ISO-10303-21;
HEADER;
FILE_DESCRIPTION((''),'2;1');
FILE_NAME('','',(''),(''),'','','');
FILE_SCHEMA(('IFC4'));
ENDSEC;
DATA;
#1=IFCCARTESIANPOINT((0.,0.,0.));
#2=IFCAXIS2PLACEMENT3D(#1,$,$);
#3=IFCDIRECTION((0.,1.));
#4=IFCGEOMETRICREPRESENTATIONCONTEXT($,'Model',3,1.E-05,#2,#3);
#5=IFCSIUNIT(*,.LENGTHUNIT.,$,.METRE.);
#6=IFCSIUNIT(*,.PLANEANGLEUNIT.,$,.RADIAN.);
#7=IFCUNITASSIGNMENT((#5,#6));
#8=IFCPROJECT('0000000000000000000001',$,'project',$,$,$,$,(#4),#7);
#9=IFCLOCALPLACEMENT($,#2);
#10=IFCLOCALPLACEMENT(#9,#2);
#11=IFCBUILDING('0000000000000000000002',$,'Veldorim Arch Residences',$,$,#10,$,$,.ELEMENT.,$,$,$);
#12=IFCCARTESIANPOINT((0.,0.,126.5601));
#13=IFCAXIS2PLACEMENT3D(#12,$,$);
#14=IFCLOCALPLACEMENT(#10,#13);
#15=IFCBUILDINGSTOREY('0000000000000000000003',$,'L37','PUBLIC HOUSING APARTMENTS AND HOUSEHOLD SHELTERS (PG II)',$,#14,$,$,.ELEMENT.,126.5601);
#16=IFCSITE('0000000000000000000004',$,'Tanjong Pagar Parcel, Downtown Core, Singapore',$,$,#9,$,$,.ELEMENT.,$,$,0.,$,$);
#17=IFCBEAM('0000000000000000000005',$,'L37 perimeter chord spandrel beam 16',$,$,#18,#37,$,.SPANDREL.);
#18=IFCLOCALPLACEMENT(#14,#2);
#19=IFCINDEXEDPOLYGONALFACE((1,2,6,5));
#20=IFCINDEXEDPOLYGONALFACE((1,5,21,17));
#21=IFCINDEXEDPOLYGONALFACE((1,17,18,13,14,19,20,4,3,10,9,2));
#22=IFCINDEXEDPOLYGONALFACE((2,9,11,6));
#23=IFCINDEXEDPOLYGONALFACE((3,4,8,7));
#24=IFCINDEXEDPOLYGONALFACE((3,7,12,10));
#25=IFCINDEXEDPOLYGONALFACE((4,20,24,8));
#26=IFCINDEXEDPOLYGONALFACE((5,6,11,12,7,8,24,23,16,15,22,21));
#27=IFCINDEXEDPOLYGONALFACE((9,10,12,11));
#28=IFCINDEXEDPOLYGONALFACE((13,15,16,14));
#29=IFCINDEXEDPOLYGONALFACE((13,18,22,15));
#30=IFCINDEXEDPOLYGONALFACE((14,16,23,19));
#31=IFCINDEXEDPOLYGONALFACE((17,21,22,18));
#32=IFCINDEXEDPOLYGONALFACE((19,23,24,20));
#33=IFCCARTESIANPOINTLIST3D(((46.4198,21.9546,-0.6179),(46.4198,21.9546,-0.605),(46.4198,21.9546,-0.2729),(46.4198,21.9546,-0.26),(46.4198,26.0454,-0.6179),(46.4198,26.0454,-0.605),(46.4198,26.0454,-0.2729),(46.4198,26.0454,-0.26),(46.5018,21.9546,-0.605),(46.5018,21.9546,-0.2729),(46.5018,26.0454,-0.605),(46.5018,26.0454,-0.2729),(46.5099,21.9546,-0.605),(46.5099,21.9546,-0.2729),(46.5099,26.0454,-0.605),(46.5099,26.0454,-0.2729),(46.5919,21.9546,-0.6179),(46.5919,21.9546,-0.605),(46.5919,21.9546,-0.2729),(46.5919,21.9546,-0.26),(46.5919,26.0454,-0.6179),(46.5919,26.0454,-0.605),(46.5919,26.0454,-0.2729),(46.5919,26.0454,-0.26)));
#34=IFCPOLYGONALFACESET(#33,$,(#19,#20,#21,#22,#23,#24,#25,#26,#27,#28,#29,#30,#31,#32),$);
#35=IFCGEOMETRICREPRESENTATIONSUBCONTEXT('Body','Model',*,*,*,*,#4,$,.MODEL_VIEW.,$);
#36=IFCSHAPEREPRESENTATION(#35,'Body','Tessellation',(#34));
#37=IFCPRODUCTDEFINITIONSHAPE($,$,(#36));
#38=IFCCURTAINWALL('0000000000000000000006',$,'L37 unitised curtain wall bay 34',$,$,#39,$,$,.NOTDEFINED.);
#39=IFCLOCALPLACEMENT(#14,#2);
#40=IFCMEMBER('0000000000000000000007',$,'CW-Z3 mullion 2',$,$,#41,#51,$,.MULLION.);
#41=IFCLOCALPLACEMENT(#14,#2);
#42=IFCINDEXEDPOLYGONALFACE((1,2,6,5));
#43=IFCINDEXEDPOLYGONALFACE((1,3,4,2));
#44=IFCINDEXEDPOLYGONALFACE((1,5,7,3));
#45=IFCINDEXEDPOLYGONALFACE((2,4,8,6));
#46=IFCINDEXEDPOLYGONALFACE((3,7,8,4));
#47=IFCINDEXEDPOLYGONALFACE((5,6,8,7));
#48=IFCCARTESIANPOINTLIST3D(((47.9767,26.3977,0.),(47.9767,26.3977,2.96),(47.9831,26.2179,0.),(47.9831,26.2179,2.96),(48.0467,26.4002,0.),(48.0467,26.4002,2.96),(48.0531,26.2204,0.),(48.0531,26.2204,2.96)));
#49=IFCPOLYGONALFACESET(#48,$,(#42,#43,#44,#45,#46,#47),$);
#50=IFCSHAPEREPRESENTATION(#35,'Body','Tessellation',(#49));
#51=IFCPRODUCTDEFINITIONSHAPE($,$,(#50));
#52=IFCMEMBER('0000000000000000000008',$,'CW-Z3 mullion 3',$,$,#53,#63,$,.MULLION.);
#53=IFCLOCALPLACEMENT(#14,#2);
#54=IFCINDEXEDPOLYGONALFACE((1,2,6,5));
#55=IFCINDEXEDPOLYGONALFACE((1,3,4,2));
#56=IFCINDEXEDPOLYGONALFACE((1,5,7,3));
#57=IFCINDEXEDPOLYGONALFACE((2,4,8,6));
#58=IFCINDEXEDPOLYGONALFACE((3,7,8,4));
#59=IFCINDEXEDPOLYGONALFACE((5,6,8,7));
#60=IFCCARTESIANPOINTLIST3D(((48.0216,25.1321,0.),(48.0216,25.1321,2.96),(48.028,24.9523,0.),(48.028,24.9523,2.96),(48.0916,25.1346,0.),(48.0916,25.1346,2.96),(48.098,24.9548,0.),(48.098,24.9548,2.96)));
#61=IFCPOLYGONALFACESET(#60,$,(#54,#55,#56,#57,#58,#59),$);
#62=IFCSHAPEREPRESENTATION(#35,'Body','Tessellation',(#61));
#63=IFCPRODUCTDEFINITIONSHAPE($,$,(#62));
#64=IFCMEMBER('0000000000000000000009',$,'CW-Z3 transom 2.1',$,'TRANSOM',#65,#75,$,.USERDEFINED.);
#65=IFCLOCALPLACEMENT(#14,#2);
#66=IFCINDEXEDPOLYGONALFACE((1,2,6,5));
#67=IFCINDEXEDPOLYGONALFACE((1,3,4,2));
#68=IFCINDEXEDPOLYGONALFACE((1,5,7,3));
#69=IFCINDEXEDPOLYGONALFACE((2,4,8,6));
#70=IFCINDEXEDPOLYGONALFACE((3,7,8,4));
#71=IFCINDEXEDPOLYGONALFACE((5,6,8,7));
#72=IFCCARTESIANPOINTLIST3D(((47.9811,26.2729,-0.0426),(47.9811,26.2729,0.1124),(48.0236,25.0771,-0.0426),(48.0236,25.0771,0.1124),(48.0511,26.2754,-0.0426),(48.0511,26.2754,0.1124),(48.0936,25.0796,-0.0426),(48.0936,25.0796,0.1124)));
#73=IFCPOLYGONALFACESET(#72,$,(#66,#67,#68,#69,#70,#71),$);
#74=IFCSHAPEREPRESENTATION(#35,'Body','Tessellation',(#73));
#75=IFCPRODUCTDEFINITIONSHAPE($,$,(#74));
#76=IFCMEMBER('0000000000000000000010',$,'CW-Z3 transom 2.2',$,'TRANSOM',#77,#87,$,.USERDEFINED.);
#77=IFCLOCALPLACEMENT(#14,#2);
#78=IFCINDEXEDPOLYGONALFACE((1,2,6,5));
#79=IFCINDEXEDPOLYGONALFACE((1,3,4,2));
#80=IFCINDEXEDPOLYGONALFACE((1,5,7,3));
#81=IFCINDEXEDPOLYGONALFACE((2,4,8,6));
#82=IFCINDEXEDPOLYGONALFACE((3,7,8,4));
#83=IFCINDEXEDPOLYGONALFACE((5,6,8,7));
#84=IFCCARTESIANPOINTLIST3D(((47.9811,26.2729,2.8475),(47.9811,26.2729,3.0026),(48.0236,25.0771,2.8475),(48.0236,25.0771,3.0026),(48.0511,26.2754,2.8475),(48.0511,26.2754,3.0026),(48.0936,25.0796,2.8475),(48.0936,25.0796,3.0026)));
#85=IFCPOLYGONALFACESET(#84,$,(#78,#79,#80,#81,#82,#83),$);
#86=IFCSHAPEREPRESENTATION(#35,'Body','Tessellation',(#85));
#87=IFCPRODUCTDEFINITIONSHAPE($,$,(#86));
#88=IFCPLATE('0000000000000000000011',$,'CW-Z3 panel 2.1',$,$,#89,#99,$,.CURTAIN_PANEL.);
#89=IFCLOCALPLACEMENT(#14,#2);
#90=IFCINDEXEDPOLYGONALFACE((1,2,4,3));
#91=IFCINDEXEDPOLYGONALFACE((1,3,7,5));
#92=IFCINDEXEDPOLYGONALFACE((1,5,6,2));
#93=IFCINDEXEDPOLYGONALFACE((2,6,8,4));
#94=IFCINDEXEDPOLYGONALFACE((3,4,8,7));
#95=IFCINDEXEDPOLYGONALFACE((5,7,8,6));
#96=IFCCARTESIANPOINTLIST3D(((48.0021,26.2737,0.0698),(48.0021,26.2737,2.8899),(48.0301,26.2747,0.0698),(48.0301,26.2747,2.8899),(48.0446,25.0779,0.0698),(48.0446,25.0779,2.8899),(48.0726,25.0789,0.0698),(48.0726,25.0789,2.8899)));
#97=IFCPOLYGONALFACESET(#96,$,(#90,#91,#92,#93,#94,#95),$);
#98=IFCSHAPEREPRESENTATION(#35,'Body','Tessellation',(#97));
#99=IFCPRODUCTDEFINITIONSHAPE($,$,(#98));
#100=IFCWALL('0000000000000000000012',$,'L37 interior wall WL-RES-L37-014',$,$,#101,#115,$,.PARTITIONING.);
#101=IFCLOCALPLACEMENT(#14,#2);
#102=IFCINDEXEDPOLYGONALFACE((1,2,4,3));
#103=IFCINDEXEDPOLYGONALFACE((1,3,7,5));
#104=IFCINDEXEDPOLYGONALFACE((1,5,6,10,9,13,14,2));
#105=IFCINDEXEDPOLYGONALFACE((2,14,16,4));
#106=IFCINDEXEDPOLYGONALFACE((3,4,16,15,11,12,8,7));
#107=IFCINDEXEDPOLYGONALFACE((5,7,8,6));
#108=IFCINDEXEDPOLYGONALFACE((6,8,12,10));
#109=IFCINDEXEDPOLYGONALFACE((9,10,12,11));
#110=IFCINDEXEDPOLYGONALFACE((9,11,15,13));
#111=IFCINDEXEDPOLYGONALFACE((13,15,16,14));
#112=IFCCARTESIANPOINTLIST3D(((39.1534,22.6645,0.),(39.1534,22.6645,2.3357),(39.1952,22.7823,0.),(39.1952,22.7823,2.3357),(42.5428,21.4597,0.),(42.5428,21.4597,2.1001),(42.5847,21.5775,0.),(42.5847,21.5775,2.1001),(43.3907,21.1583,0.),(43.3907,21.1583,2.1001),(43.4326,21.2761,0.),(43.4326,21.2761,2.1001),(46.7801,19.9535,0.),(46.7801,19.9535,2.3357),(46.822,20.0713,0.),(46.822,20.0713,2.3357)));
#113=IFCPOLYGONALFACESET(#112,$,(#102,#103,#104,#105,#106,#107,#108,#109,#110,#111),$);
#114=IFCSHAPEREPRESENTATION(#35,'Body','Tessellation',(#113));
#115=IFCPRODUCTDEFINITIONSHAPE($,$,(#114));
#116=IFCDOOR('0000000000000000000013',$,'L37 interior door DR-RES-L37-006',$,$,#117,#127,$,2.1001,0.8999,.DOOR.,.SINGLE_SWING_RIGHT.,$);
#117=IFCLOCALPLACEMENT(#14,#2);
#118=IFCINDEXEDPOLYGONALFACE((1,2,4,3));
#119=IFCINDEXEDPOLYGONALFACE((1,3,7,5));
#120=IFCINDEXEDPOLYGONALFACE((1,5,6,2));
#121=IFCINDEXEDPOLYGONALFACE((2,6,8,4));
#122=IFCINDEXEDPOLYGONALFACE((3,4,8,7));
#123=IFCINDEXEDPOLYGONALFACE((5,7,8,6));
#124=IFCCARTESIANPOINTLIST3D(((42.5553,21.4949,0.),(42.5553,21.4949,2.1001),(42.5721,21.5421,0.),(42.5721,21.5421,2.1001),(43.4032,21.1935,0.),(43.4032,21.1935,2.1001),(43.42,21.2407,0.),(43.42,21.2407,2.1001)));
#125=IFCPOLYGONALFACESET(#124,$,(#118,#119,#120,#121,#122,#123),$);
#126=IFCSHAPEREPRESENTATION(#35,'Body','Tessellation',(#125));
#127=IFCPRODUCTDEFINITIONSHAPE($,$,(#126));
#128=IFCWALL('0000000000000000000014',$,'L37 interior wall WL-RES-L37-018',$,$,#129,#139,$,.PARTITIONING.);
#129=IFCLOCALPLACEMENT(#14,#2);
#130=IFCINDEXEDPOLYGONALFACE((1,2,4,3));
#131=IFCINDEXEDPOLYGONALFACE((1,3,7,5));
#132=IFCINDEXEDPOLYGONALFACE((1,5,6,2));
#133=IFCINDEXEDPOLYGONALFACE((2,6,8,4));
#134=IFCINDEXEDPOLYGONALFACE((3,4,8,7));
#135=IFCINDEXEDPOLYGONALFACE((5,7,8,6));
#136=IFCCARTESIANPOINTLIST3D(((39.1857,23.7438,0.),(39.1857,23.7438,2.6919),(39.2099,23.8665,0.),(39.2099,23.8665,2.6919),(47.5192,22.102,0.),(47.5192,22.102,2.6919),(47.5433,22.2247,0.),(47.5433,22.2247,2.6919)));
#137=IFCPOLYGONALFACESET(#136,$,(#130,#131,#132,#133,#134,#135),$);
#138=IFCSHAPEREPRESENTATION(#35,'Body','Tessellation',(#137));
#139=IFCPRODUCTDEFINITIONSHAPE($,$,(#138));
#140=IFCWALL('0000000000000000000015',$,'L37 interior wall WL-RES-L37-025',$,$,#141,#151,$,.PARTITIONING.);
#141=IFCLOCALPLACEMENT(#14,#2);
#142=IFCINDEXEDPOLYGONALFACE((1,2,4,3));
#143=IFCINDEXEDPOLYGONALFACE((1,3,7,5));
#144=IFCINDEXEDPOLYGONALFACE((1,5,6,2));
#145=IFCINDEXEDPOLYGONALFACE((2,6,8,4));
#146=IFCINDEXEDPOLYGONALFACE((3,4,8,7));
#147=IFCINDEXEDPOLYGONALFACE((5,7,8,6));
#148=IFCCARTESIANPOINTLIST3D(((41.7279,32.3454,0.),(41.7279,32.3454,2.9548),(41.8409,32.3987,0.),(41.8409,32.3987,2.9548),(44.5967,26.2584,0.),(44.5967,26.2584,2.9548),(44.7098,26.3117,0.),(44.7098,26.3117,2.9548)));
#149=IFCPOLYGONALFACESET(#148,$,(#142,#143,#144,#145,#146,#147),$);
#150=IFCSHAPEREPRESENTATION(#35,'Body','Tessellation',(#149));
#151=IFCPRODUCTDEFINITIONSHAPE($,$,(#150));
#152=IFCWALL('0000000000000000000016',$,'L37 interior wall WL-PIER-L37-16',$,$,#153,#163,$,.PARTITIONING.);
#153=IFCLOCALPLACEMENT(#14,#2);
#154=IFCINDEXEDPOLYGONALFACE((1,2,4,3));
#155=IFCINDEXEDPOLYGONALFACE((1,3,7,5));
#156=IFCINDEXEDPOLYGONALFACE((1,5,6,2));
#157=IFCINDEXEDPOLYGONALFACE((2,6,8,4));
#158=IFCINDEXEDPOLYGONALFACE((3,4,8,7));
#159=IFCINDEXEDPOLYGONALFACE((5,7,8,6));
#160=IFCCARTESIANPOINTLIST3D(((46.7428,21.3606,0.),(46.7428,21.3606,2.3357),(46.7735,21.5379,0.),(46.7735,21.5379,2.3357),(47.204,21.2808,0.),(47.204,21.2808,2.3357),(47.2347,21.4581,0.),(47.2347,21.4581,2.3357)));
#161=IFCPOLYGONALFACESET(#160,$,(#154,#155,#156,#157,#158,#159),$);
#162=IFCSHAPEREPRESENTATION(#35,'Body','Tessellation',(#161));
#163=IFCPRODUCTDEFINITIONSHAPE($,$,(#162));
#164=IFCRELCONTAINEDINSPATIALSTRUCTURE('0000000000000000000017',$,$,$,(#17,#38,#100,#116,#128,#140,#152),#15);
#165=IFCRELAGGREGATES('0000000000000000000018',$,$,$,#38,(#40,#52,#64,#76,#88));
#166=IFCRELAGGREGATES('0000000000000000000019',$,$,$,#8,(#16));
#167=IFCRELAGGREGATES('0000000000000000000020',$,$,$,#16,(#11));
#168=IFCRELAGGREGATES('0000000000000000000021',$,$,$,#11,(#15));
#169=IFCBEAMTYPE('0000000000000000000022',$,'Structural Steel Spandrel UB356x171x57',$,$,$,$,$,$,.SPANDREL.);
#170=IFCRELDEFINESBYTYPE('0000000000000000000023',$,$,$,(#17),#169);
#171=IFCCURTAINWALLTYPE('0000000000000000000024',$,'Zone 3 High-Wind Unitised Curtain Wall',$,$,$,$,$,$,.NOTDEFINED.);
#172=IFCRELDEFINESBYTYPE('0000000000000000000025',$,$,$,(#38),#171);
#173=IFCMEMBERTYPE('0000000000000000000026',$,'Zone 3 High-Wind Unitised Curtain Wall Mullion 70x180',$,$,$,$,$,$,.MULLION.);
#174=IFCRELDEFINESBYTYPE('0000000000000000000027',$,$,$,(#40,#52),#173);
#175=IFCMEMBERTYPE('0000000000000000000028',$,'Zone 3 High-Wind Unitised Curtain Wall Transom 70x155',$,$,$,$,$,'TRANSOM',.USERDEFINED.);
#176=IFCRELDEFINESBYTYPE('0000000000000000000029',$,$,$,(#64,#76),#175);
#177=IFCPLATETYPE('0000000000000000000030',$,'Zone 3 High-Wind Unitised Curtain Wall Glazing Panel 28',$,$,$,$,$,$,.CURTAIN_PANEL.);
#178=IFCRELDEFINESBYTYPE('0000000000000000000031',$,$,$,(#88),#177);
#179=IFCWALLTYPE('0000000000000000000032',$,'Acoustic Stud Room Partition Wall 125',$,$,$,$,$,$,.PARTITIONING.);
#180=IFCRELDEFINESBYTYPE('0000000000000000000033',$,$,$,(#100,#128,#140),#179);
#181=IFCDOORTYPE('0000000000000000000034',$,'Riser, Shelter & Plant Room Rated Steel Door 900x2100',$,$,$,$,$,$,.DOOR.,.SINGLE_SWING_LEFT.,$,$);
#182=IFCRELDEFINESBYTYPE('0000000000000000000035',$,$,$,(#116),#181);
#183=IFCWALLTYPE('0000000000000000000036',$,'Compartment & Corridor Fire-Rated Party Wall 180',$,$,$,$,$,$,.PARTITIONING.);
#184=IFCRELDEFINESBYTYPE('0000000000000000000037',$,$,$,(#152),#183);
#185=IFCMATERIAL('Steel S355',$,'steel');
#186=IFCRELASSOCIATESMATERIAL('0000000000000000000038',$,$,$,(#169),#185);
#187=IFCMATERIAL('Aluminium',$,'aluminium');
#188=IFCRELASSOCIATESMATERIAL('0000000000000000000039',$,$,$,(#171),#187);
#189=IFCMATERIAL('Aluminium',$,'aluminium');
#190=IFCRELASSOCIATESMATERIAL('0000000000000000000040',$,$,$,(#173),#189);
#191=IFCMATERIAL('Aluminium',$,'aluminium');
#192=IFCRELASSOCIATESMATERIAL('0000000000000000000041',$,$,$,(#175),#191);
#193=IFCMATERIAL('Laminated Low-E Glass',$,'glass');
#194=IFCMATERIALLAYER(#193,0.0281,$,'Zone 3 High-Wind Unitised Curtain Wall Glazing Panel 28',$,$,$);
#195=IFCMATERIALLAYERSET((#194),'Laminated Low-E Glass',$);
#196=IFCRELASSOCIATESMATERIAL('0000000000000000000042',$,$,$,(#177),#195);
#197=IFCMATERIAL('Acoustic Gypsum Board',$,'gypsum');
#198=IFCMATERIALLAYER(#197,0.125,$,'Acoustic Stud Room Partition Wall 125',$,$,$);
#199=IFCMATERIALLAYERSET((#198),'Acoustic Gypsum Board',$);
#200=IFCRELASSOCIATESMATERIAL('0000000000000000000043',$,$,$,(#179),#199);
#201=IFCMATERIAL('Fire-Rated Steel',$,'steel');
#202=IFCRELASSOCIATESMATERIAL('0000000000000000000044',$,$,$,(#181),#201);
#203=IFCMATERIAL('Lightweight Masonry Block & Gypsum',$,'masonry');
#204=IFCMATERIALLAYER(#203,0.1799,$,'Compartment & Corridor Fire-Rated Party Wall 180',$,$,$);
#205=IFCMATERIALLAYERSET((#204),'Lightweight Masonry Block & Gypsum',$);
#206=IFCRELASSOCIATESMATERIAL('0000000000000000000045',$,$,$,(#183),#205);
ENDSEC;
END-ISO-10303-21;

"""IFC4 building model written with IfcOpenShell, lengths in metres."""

from ifc_helpers import new_model, si_unit, direction, frame, frame_2d, origin, origin_2d, place, context, subcontext, project, spatial, rectangle, i_section, extrude, material, layer, layer_set, material_profile, profile_set, type_object, element, fill, aggregate, save


model = new_model("IFC4")

# Units and contexts
model_context = context("Model", 3, precision=1e-05, world=origin(), true_north=direction((0.0, 1.0)))
body_context = subcontext(model_context, "Body", "Model", "MODEL_VIEW")
ifc_project = project(units=[si_unit("LENGTHUNIT", "METRE"), si_unit("PLANEANGLEUNIT", "RADIAN")], contexts=[model_context])

# Site, building, storey
site_placement = place(None, origin())
site = spatial("IfcSite", under=ifc_project, at=site_placement, Name="Tanjong Pagar Parcel, Downtown Core, Singapore", CompositionType="ELEMENT", RefElevation=0.0)
building_placement = place(site_placement, origin())
building = spatial("IfcBuilding", under=site, at=building_placement, Name="Veldorim Arch Residences", CompositionType="ELEMENT")
storey_placement = place(building_placement, frame((0.0, 0.0, 126.5601)))
storey = spatial("IfcBuildingStorey", under=building, at=storey_placement, Name="L37", Description="PUBLIC HOUSING APARTMENTS AND HOUSEHOLD SHELTERS (PG II)", CompositionType="ELEMENT", Elevation=126.5601)

# Beam
ifc_material_1 = material(Name="Steel S355", Category="steel")
ifc_material_profile_1 = material_profile(ifc_material_1, i_section(OverallWidth=0.1721, OverallDepth=0.3579, WebThickness=0.0081, FlangeThickness=0.0129, at=origin_2d()), Name="UB356x171x57")
ifc_profile_set_1 = profile_set([ifc_material_profile_1], Name="Steel S355")
beam_type_1 = type_object("IfcBeamType", Name="Structural Steel Spandrel UB356x171x57", PredefinedType="SPANDREL", material=ifc_profile_set_1)
beam_1_placement = place(storey_placement, frame((46.5059, 21.9546, -0.439), z_axis=(0.0, 1.0, 0.0), x_axis=(-1.0, 0.0, 0.0)))
element("IfcBeam", 1, at=beam_1_placement, inside=storey, type_object=beam_type_1, Name="L37 perimeter chord spandrel beam 16", PredefinedType="SPANDREL", context=body_context, shape_type="SweptSolid", body=[
    extrude(i_section(OverallWidth=0.1721, OverallDepth=0.3579, WebThickness=0.0081, FlangeThickness=0.0129, at=origin_2d()), origin(), (0.0, 0.0, 1.0), 4.0908),
])

# Curtain wall, members, plate
ifc_material_2 = material(Name="Aluminium", Category="aluminium")
curtain_wall_type = type_object("IfcCurtainWallType", Name="Zone 3 High-Wind Unitised Curtain Wall", PredefinedType="NOTDEFINED", material=ifc_material_2)
curtain_wall_placement = place(storey_placement, origin())
curtain_wall = element("IfcCurtainWall", 2, at=curtain_wall_placement, inside=storey, type_object=curtain_wall_type, Name="L37 unitised curtain wall bay 34", PredefinedType="NOTDEFINED")
ifc_material_3 = material(Name="Aluminium", Category="aluminium")
ifc_material_profile_2 = material_profile(ifc_material_3, rectangle(XDim=0.0701, YDim=0.1799, at=origin_2d()), Name="ALU_MUL_70x180")
ifc_profile_set_2 = profile_set([ifc_material_profile_2], Name="Aluminium")
member_type_1 = type_object("IfcMemberType", Name="Zone 3 High-Wind Unitised Curtain Wall Mullion 70x180", PredefinedType="MULLION", material=ifc_profile_set_2)
member_1_placement = place(storey_placement, frame((48.0149, 26.3091, 0.0), z_axis=(0.0, 0.0, 1.0), x_axis=(0.99937, 0.035498, 0.0)))
member_1 = element("IfcMember", 3, at=member_1_placement, type_object=member_type_1, Name="CW-Z3 mullion 2", PredefinedType="MULLION", context=body_context, shape_type="SweptSolid", body=[
    extrude(rectangle(XDim=0.0701, YDim=0.1799, at=origin_2d()), origin(), (0.0, 0.0, 1.0), 2.96),
])
member_2_placement = place(storey_placement, frame((48.0598, 25.0435, 0.0), z_axis=(0.0, 0.0, 1.0), x_axis=(0.99937, 0.035498, 0.0)))
member_2 = element("IfcMember", 4, at=member_2_placement, type_object=member_type_1, Name="CW-Z3 mullion 3", PredefinedType="MULLION", context=body_context, shape_type="SweptSolid", body=[
    extrude(rectangle(XDim=0.0701, YDim=0.1799, at=origin_2d()), origin(), (0.0, 0.0, 1.0), 2.96),
])
ifc_material_4 = material(Name="Aluminium", Category="aluminium")
ifc_material_profile_3 = material_profile(ifc_material_4, rectangle(XDim=0.0701, YDim=0.155, at=origin_2d()), Name="ALU_TRN_70x155")
ifc_profile_set_3 = profile_set([ifc_material_profile_3], Name="Aluminium")
member_type_2 = type_object("IfcMemberType", Name="Zone 3 High-Wind Unitised Curtain Wall Transom 70x155", ElementType="TRANSOM", PredefinedType="USERDEFINED", material=ifc_profile_set_3)
member_3_placement = place(storey_placement, frame((48.0161, 26.2742, 0.0349), z_axis=(0.035502, -0.99937, 0.0), x_axis=(0.99937, 0.035502, 0.0)))
member_3 = element("IfcMember", 5, at=member_3_placement, type_object=member_type_2, Name="CW-Z3 transom 2.1", ObjectType="TRANSOM", PredefinedType="USERDEFINED", context=body_context, shape_type="SweptSolid", body=[
    extrude(rectangle(XDim=0.0701, YDim=0.155, at=origin_2d()), origin(), (0.0, 0.0, 1.0), 1.1965),
])
member_4_placement = place(storey_placement, frame((48.0161, 26.2742, 2.925), z_axis=(0.035502, -0.99937, 0.0), x_axis=(0.99937, 0.035502, 0.0)))
member_4 = element("IfcMember", 6, at=member_4_placement, type_object=member_type_2, Name="CW-Z3 transom 2.2", ObjectType="TRANSOM", PredefinedType="USERDEFINED", context=body_context, shape_type="SweptSolid", body=[
    extrude(rectangle(XDim=0.0701, YDim=0.155, at=origin_2d()), origin(), (0.0, 0.0, 1.0), 1.1965),
])
ifc_material_5 = material(Name="Laminated Low-E Glass", Category="glass")
ifc_layer_1 = layer(ifc_material_5, 0.0281, Name="Zone 3 High-Wind Unitised Curtain Wall Glazing Panel 28")
ifc_layer_set_1 = layer_set([ifc_layer_1], Name="Laminated Low-E Glass")
plate_type = type_object("IfcPlateType", Name="Zone 3 High-Wind Unitised Curtain Wall Glazing Panel 28", PredefinedType="CURTAIN_PANEL", material=ifc_layer_set_1)
plate_placement = place(storey_placement, frame((48.0374, 25.6763, 0.0698), z_axis=(0.0, 0.0, 1.0), x_axis=(0.035498, -0.99937, 0.0)))
plate = element("IfcPlate", 7, at=plate_placement, type_object=plate_type, Name="CW-Z3 panel 2.1", PredefinedType="CURTAIN_PANEL", context=body_context, shape_type="SweptSolid", body=[
    extrude(rectangle(XDim=1.1965, YDim=0.0281, at=origin_2d()), origin(), (0.0, 0.0, 1.0), 2.8201),
])
aggregate(curtain_wall, [member_1, member_2, member_3, member_4, plate])

# Wall, opening, door
ifc_material_6 = material(Name="Acoustic Gypsum Board", Category="gypsum")
ifc_layer_2 = layer(ifc_material_6, 0.125, Name="Acoustic Stud Room Partition Wall 125")
ifc_layer_set_2 = layer_set([ifc_layer_2], Name="Acoustic Gypsum Board")
wall_type_1 = type_object("IfcWallType", Name="Acoustic Stud Room Partition Wall 125", PredefinedType="PARTITIONING", material=ifc_layer_set_2)
wall_1_placement = place(storey_placement, frame((39.1743, 22.7234, 0.0), z_axis=(0.0, 0.0, 1.0), x_axis=(0.942245, -0.334924, 0.0)))
wall_1 = element("IfcWall", 8, at=wall_1_placement, inside=storey, type_object=wall_type_1, Name="L37 interior wall WL-RES-L37-014", PredefinedType="PARTITIONING", context=body_context, shape_type="SweptSolid", body=[
    extrude(rectangle(XDim=8.0942, YDim=0.125, at=frame_2d((4.0471, 0.0))), origin(), (0.0, 0.0, 1.0), 2.3357),
])
opening_1_placement = place(wall_1_placement, frame((3.5972, 0.0, 0.0)))
opening_1 = element("IfcOpeningElement", 9, at=opening_1_placement, cuts=wall_1, PredefinedType="OPENING", context=body_context, shape_type="SweptSolid", body=[
    extrude(rectangle(XDim=0.8999, YDim=2.1001, at=frame_2d((0.45, 1.05))), frame((0.0, 0.0725, 0.0), z_axis=(0.0, -1.0, 0.0), x_axis=(1.0, 0.0, 0.0)), (0.0, 0.0, 1.0), 0.145),
])
ifc_material_7 = material(Name="Fire-Rated Steel", Category="steel")
door_type_1 = type_object("IfcDoorType", Name="Riser, Shelter & Plant Room Rated Steel Door 900x2100", OperationType="SINGLE_SWING_LEFT", PredefinedType="DOOR", material=ifc_material_7)
door_1_placement = place(opening_1_placement, origin())
door_1 = element("IfcDoor", 10, at=door_1_placement, inside=storey, type_object=door_type_1, Name="L37 interior door DR-RES-L37-006", OperationType="SINGLE_SWING_RIGHT", OverallHeight=2.1001, OverallWidth=0.8999, PredefinedType="DOOR", context=body_context, shape_type="SweptSolid", body=[
    extrude(rectangle(XDim=0.8999, YDim=2.1001, at=frame_2d((0.45, 1.05))), frame((0.0, 0.0249, 0.0), z_axis=(0.0, -1.0, 0.0), x_axis=(1.0, 0.0, 0.0)), (0.0, 0.0, 1.0), 0.05),
])
fill(opening_1, door_1)

# Walls
wall_2_placement = place(storey_placement, frame((47.5312, 22.1633, 0.0), z_axis=(0.0, 0.0, 1.0), x_axis=(-0.981139, 0.193302, 0.0)))
element("IfcWall", 11, at=wall_2_placement, inside=storey, type_object=wall_type_1, Name="L37 interior wall WL-RES-L37-018", PredefinedType="PARTITIONING", context=body_context, shape_type="SweptSolid", body=[
    extrude(rectangle(XDim=8.4937, YDim=0.125, at=frame_2d((4.2468, 0.0))), origin(), (0.0, 0.0, 1.0), 2.6919),
])
wall_3_placement = place(storey_placement, frame((44.6533, 26.2849, 0.0), z_axis=(0.0, 0.0, 1.0), x_axis=(-0.426326, 0.904569, 0.0)))
element("IfcWall", 12, at=wall_3_placement, inside=storey, type_object=wall_type_1, Name="L37 interior wall WL-RES-L37-025", PredefinedType="PARTITIONING", context=body_context, shape_type="SweptSolid", body=[
    extrude(rectangle(XDim=6.7292, YDim=0.125, at=frame_2d((3.3647, 0.0))), origin(), (0.0, 0.0, 1.0), 2.9548),
])
ifc_material_8 = material(Name="Lightweight Masonry Block & Gypsum", Category="masonry")
ifc_layer_3 = layer(ifc_material_8, 0.1799, Name="Compartment & Corridor Fire-Rated Party Wall 180")
ifc_layer_set_3 = layer_set([ifc_layer_3], Name="Lightweight Masonry Block & Gypsum")
wall_type_2 = type_object("IfcWallType", Name="Compartment & Corridor Fire-Rated Party Wall 180", PredefinedType="PARTITIONING", material=ifc_layer_set_3)
wall_4_placement = place(storey_placement, frame((46.7583, 21.4492, 0.0), z_axis=(0.0, 0.0, 1.0), x_axis=(0.985345, -0.170571, 0.0)))
element("IfcWall", 13, at=wall_4_placement, inside=storey, type_object=wall_type_2, Name="L37 interior wall WL-PIER-L37-16", PredefinedType="PARTITIONING", context=body_context, shape_type="SweptSolid", body=[
    extrude(rectangle(XDim=0.468, YDim=0.1799, at=frame_2d((0.2339, 0.0))), origin(), (0.0, 0.0, 1.0), 2.3357),
])

save(model, "model.ifc")
